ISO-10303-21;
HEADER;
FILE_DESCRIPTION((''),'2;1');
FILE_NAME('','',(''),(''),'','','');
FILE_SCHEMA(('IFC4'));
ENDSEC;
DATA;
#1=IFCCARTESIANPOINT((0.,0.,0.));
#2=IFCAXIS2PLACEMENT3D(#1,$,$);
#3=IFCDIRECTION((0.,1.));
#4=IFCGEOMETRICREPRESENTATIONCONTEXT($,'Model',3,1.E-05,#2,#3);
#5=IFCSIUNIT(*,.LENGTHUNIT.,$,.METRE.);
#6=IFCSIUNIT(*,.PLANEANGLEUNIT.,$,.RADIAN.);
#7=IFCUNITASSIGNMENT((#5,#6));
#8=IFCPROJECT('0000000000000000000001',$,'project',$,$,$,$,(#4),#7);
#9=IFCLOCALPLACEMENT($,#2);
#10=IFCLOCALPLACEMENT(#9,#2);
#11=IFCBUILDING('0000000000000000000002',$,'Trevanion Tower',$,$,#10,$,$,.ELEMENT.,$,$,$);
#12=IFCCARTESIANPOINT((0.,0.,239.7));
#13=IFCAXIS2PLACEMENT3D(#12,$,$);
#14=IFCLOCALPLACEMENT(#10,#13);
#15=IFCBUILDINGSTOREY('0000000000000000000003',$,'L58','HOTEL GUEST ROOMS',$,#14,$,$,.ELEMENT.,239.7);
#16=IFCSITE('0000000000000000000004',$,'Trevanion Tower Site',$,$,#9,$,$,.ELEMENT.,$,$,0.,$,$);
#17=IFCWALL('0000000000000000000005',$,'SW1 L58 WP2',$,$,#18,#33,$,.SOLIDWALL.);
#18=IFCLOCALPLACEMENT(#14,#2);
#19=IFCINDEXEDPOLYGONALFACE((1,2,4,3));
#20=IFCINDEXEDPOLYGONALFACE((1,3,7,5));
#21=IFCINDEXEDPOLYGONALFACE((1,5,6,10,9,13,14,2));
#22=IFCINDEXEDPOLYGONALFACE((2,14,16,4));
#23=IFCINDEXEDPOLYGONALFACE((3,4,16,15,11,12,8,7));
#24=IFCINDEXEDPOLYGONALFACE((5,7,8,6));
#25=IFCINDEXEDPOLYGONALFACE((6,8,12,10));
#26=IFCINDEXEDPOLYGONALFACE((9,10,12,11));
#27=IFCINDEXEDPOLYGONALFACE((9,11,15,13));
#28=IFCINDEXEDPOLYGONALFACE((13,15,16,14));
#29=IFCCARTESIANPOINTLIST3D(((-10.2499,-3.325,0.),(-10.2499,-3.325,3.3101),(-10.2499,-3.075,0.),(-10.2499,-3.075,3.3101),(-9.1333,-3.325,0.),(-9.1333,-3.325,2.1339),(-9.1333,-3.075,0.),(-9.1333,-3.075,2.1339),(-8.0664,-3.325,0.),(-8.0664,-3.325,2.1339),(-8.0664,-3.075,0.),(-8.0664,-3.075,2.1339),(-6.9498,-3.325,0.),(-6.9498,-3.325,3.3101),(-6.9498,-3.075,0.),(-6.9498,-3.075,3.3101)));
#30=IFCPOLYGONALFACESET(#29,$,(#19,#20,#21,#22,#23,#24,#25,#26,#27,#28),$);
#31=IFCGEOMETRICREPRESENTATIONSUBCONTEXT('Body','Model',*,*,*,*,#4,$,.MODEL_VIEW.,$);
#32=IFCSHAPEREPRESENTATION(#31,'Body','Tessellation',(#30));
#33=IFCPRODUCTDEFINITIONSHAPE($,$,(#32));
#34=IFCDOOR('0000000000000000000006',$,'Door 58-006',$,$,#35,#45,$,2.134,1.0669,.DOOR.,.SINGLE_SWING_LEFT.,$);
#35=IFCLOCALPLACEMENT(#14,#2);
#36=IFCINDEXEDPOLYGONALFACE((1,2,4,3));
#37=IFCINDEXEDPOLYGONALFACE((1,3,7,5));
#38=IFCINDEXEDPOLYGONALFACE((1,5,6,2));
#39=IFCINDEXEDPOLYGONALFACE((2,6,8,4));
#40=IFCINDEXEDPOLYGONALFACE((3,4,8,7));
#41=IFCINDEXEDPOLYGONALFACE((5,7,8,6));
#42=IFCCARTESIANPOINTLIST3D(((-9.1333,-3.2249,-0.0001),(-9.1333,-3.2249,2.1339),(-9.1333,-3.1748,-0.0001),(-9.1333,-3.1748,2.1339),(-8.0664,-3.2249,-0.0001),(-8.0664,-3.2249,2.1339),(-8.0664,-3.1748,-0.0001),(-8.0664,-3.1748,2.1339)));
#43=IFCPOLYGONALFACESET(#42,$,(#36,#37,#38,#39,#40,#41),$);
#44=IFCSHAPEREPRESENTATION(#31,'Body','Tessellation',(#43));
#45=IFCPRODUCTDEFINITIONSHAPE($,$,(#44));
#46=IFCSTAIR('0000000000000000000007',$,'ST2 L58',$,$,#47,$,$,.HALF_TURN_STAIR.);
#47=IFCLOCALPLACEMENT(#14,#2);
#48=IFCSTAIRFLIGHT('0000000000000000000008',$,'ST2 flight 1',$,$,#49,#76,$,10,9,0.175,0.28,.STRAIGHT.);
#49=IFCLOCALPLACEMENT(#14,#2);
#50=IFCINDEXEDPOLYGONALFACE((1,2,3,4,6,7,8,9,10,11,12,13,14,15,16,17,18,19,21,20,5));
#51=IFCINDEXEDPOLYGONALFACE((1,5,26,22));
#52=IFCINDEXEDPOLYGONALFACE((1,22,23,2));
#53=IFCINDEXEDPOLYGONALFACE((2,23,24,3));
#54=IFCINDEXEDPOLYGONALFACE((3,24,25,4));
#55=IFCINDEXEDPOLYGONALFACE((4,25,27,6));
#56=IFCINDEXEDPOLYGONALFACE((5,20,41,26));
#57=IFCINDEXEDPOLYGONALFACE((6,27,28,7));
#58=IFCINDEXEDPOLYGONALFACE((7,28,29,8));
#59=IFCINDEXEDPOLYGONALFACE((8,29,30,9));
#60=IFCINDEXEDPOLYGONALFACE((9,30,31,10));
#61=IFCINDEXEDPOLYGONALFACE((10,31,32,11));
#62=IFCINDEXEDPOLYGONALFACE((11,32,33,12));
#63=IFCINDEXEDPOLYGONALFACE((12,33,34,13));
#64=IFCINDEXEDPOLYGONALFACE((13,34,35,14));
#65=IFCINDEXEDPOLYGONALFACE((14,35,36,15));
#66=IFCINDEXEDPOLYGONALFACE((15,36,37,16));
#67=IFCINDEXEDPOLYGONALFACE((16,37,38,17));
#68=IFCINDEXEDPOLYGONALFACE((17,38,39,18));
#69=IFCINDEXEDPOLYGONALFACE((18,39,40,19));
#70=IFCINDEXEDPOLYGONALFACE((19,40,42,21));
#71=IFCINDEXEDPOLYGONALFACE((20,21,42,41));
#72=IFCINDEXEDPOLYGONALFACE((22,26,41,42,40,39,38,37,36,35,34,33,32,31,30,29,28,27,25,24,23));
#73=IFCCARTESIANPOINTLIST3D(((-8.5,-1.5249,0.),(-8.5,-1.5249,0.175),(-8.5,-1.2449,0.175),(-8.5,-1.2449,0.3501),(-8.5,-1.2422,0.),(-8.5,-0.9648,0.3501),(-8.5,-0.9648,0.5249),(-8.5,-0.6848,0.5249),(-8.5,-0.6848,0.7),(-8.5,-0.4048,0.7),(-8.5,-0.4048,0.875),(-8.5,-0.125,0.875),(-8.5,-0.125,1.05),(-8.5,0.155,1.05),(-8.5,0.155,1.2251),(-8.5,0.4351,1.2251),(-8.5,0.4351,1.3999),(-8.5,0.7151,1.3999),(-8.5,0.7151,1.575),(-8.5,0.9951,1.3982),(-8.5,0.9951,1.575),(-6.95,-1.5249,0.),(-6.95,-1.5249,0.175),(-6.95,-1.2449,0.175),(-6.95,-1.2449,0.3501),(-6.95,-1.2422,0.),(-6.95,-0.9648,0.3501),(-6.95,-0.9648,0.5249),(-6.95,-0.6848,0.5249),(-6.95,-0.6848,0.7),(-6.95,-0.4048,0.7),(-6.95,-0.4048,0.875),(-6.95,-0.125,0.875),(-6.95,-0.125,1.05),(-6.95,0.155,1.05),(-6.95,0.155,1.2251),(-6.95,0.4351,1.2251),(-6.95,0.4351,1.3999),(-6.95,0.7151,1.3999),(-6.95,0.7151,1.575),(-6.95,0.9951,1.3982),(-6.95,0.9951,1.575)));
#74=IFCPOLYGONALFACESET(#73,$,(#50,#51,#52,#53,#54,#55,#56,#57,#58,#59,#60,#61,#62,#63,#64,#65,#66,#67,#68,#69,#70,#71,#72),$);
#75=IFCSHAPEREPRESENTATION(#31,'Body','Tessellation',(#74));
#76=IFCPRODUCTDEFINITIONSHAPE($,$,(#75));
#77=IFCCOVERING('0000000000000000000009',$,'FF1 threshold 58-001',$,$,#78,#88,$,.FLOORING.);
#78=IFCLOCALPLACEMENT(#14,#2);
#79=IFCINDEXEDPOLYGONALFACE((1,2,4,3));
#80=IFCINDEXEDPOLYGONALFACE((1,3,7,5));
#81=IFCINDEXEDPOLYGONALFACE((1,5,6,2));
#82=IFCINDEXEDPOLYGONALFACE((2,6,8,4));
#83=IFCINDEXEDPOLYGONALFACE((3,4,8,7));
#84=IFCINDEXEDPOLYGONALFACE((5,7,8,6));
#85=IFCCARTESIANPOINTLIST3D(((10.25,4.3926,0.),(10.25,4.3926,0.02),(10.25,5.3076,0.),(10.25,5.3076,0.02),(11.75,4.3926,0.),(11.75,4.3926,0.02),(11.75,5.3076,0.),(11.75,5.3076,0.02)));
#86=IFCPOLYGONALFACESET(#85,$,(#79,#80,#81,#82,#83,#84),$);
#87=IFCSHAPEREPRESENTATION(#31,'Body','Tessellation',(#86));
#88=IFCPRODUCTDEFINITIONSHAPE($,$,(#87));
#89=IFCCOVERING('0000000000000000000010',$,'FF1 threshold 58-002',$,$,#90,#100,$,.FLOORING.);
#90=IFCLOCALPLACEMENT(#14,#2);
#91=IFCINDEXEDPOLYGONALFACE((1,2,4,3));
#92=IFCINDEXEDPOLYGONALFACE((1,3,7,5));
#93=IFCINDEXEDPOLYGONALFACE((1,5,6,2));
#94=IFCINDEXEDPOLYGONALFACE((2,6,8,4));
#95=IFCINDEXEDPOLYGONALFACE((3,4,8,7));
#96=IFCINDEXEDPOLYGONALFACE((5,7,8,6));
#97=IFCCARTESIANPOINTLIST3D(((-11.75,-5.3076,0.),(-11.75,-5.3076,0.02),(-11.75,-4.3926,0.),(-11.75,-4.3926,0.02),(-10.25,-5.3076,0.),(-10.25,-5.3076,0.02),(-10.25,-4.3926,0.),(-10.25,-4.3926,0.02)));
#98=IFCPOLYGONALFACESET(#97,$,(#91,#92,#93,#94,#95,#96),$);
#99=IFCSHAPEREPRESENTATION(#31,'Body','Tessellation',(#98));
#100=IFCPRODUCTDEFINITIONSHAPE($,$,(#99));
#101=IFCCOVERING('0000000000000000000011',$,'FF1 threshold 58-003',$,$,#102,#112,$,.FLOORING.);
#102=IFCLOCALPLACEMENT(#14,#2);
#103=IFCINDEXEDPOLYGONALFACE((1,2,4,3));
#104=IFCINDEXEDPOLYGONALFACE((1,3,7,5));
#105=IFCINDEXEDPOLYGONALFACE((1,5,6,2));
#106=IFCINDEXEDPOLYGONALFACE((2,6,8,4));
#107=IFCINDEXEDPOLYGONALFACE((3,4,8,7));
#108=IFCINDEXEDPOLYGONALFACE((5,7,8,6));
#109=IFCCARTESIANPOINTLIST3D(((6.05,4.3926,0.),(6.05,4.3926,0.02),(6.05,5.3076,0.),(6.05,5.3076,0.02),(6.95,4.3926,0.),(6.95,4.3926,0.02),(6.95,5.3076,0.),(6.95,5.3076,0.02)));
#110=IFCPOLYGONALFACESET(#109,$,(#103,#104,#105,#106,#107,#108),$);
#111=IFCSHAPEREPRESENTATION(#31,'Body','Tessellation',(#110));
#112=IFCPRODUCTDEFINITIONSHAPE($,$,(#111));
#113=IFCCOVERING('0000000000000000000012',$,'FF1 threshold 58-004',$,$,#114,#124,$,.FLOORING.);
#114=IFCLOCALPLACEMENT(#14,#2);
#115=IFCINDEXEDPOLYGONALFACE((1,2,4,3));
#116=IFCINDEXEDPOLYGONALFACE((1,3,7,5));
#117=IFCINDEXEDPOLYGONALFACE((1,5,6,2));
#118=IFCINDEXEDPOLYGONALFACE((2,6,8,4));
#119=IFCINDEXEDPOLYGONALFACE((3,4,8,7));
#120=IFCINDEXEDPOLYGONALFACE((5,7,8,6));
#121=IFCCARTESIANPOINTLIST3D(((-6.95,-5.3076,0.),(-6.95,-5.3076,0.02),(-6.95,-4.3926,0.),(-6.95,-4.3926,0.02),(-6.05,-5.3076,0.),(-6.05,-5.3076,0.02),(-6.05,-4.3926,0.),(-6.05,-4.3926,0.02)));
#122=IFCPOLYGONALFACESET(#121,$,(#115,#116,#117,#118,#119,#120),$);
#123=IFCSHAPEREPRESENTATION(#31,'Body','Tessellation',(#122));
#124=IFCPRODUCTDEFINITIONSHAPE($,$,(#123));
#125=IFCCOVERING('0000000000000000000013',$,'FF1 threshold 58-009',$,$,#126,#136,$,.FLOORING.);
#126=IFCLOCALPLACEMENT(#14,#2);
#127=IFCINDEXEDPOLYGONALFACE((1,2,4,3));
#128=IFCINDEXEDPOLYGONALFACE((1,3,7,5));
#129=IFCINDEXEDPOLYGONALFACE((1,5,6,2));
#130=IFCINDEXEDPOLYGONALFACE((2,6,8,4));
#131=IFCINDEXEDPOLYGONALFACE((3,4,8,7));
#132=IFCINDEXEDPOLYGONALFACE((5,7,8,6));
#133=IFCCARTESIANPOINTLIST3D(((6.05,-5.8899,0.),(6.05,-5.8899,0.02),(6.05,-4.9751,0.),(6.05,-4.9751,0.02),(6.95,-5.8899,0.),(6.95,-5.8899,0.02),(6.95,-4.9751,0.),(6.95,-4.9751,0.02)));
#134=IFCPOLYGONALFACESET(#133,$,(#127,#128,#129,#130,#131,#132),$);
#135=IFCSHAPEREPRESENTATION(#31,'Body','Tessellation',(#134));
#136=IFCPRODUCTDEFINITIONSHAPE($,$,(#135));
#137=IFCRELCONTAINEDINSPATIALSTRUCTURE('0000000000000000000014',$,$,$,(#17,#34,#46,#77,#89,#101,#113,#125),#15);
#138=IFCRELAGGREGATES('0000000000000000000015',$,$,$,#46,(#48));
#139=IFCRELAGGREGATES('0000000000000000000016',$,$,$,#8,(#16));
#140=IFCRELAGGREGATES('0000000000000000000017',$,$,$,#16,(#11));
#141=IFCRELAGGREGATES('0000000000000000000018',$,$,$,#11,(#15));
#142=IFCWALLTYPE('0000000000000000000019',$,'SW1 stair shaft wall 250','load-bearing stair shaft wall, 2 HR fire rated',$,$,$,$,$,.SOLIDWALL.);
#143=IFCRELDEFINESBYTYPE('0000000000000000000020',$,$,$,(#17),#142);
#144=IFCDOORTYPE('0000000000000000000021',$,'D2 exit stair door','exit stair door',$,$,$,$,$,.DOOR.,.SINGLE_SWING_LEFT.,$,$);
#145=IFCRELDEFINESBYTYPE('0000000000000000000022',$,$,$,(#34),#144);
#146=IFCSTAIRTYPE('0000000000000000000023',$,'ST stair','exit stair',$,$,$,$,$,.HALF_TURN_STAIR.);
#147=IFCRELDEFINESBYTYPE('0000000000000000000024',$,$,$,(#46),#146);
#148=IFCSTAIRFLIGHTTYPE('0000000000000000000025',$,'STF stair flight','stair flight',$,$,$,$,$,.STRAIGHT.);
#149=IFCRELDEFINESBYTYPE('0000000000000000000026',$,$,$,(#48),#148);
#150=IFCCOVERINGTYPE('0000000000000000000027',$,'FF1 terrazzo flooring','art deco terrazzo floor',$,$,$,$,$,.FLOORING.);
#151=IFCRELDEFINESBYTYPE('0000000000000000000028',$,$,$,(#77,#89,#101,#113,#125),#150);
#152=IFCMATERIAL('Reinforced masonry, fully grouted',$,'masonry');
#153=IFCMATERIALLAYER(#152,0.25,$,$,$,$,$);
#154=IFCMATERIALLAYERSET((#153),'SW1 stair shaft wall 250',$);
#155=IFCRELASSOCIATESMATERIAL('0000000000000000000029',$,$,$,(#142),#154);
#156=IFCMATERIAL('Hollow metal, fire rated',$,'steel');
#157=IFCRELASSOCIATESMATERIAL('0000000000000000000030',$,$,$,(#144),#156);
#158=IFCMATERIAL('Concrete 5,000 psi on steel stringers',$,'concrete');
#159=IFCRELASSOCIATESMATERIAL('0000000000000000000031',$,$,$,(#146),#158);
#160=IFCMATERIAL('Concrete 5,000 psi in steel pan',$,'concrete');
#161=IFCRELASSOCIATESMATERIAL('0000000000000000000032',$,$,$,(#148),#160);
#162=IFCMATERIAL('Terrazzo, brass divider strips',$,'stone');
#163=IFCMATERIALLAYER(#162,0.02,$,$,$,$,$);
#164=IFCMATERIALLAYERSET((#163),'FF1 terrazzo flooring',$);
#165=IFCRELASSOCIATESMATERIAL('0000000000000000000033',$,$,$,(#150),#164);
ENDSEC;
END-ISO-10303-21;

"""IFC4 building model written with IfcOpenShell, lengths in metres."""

from ifc_helpers import new_model, si_unit, direction, frame, frame_2d, origin, place, context, subcontext, project, spatial, polyline, rectangle, outline, extrude, material, layer, layer_set, type_object, element, fill, aggregate, save


model = new_model("IFC4")

# Units and contexts
model_context = context("Model", 3, precision=1e-05, world=origin(), true_north=direction((0.0, 1.0)))
body_context = subcontext(model_context, "Body", "Model", "MODEL_VIEW")
ifc_project = project(units=[si_unit("LENGTHUNIT", "METRE"), si_unit("PLANEANGLEUNIT", "RADIAN")], contexts=[model_context])

# Site, building, storey
site_placement = place(None, origin())
site = spatial("IfcSite", under=ifc_project, at=site_placement, Name="Trevanion Tower Site", CompositionType="ELEMENT", RefElevation=0.0)
building_placement = place(site_placement, origin())
building = spatial("IfcBuilding", under=site, at=building_placement, Name="Trevanion Tower", CompositionType="ELEMENT")
storey_placement = place(building_placement, frame((0.0, 0.0, 239.7)))
storey = spatial("IfcBuildingStorey", under=building, at=storey_placement, Name="L58", Description="HOTEL GUEST ROOMS", CompositionType="ELEMENT", Elevation=239.7)

# Wall, opening, door
ifc_material_1 = material(Name="Reinforced masonry, fully grouted", Category="masonry")
ifc_layer_1 = layer(ifc_material_1, 0.25)
ifc_layer_set_1 = layer_set([ifc_layer_1], Name="SW1 stair shaft wall 250")
wall_type_1 = type_object("IfcWallType", Name="SW1 stair shaft wall 250", Description="load-bearing stair shaft wall, 2 HR fire rated", PredefinedType="SOLIDWALL", material=ifc_layer_set_1)
wall_1_placement = place(storey_placement, frame((-6.95, -3.2, 0.0), z_axis=(0.0, 0.0, 1.0), x_axis=(-1.0, 0.0, 0.0)))
wall_1 = element("IfcWall", 1, at=wall_1_placement, inside=storey, type_object=wall_type_1, Name="SW1 L58 WP2", PredefinedType="SOLIDWALL", context=body_context, shape_type="SweptSolid", body=[
    extrude(rectangle(XDim=3.3, YDim=0.25, at=frame_2d((1.6499, 0.0))), origin(), (0.0, 0.0, 1.0), 3.3101),
])
opening_1_placement = place(wall_1_placement, frame((1.1165, 0.0, 0.0)))
opening_1 = element("IfcOpeningElement", 2, at=opening_1_placement, cuts=wall_1, PredefinedType="OPENING", context=body_context, shape_type="SweptSolid", body=[
    extrude(rectangle(XDim=1.0669, YDim=2.134, at=frame_2d((0.5334, 1.0669))), frame((0.0, 0.135, 0.0), z_axis=(0.0, -1.0, 0.0), x_axis=(1.0, 0.0, 0.0)), (0.0, 0.0, 1.0), 0.27),
])
ifc_material_2 = material(Name="Hollow metal, fire rated", Category="steel")
door_type_1 = type_object("IfcDoorType", Name="D2 exit stair door", Description="exit stair door", OperationType="SINGLE_SWING_LEFT", PredefinedType="DOOR", material=ifc_material_2)
door_1_placement = place(opening_1_placement, origin())
door_1 = element("IfcDoor", 3, at=door_1_placement, inside=storey, type_object=door_type_1, Name="Door 58-006", OperationType="SINGLE_SWING_LEFT", OverallHeight=2.134, OverallWidth=1.0669, PredefinedType="DOOR", context=body_context, shape_type="SweptSolid", body=[
    extrude(rectangle(XDim=1.0669, YDim=2.134, at=frame_2d((0.5334, 1.0669))), frame((0.0, 0.0249, 0.0), z_axis=(0.0, -1.0, 0.0), x_axis=(1.0, 0.0, 0.0)), (0.0, 0.0, 1.0), 0.05),
])
fill(opening_1, door_1)

# Stair, stair flight
ifc_material_3 = material(Name="Concrete 5,000 psi on steel stringers", Category="concrete")
stair_type = type_object("IfcStairType", Name="ST stair", Description="exit stair", PredefinedType="HALF_TURN_STAIR", material=ifc_material_3)
stair_placement = place(storey_placement, origin())
stair = element("IfcStair", 4, at=stair_placement, inside=storey, type_object=stair_type, Name="ST2 L58", PredefinedType="HALF_TURN_STAIR")
ifc_material_4 = material(Name="Concrete 5,000 psi in steel pan", Category="concrete")
stair_flight_type = type_object("IfcStairFlightType", Name="STF stair flight", Description="stair flight", PredefinedType="STRAIGHT", material=ifc_material_4)
stair_flight_placement = place(storey_placement, frame((-7.7251, -1.5249, 0.0), z_axis=(0.0, 0.0, 1.0), x_axis=(0.0, 1.0, 0.0)))
stair_flight = element("IfcStairFlight", 5, at=stair_flight_placement, type_object=stair_flight_type, Name="ST2 flight 1", NumberOfRisers=10, NumberOfTreads=9, PredefinedType="STRAIGHT", RiserHeight=0.175, TreadLength=0.28, context=body_context, shape_type="SweptSolid", body=[
    extrude(outline(polyline([(0.0, 0.0), (0.0, 0.175), (0.28, 0.175), (0.28, 0.3501), (0.5601, 0.3501), (0.5601, 0.5249), (0.8401, 0.5249), (0.8401, 0.7), (1.1201, 0.7), (1.1201, 0.875), (1.3999, 0.875), (1.3999, 1.05), (1.6799, 1.05), (1.6799, 1.2251), (1.96, 1.2251), (1.96, 1.3999), (2.24, 1.3999), (2.24, 1.575), (2.52, 1.575), (2.52, 1.75), (2.52, 1.3982), (0.2827, 0.0), (0.0, 0.0)])), frame((0.0, 0.7749, 0.0), z_axis=(0.0, -1.0, 0.0), x_axis=(1.0, 0.0, 0.0)), (0.0, 0.0, 1.0), 1.55),
])
aggregate(stair, [stair_flight])

# Coverings
ifc_material_5 = material(Name="Terrazzo, brass divider strips", Category="stone")
ifc_layer_2 = layer(ifc_material_5, 0.02)
ifc_layer_set_2 = layer_set([ifc_layer_2], Name="FF1 terrazzo flooring")
covering_type = type_object("IfcCoveringType", Name="FF1 terrazzo flooring", Description="art deco terrazzo floor", PredefinedType="FLOORING", material=ifc_layer_set_2)
covering_1_placement = place(storey_placement, origin())
element("IfcCovering", 6, at=covering_1_placement, inside=storey, type_object=covering_type, Name="FF1 threshold 58-001", PredefinedType="FLOORING", context=body_context, shape_type="SweptSolid", body=[
    extrude(outline(polyline([(11.75, 4.3926), (11.75, 5.3076), (10.25, 5.3076), (10.25, 4.3926), (11.75, 4.3926)])), origin(), (0.0, 0.0, 1.0), 0.02),
])
covering_2_placement = place(storey_placement, origin())
element("IfcCovering", 7, at=covering_2_placement, inside=storey, type_object=covering_type, Name="FF1 threshold 58-002", PredefinedType="FLOORING", context=body_context, shape_type="SweptSolid", body=[
    extrude(outline(polyline([(-11.75, -4.3926), (-11.75, -5.3076), (-10.25, -5.3076), (-10.25, -4.3926), (-11.75, -4.3926)])), origin(), (0.0, 0.0, 1.0), 0.02),
])
covering_3_placement = place(storey_placement, origin())
element("IfcCovering", 8, at=covering_3_placement, inside=storey, type_object=covering_type, Name="FF1 threshold 58-003", PredefinedType="FLOORING", context=body_context, shape_type="SweptSolid", body=[
    extrude(outline(polyline([(6.95, 4.3926), (6.95, 5.3076), (6.05, 5.3076), (6.05, 4.3926), (6.95, 4.3926)])), origin(), (0.0, 0.0, 1.0), 0.02),
])
covering_4_placement = place(storey_placement, origin())
element("IfcCovering", 9, at=covering_4_placement, inside=storey, type_object=covering_type, Name="FF1 threshold 58-004", PredefinedType="FLOORING", context=body_context, shape_type="SweptSolid", body=[
    extrude(outline(polyline([(-6.95, -4.3926), (-6.95, -5.3076), (-6.05, -5.3076), (-6.05, -4.3926), (-6.95, -4.3926)])), origin(), (0.0, 0.0, 1.0), 0.02),
])
covering_5_placement = place(storey_placement, origin())
element("IfcCovering", 10, at=covering_5_placement, inside=storey, type_object=covering_type, Name="FF1 threshold 58-009", PredefinedType="FLOORING", context=body_context, shape_type="SweptSolid", body=[
    extrude(outline(polyline([(6.95, -5.8899), (6.95, -4.9751), (6.05, -4.9751), (6.05, -5.8899), (6.95, -5.8899)])), origin(), (0.0, 0.0, 1.0), 0.02),
])

save(model, "model.ifc")
